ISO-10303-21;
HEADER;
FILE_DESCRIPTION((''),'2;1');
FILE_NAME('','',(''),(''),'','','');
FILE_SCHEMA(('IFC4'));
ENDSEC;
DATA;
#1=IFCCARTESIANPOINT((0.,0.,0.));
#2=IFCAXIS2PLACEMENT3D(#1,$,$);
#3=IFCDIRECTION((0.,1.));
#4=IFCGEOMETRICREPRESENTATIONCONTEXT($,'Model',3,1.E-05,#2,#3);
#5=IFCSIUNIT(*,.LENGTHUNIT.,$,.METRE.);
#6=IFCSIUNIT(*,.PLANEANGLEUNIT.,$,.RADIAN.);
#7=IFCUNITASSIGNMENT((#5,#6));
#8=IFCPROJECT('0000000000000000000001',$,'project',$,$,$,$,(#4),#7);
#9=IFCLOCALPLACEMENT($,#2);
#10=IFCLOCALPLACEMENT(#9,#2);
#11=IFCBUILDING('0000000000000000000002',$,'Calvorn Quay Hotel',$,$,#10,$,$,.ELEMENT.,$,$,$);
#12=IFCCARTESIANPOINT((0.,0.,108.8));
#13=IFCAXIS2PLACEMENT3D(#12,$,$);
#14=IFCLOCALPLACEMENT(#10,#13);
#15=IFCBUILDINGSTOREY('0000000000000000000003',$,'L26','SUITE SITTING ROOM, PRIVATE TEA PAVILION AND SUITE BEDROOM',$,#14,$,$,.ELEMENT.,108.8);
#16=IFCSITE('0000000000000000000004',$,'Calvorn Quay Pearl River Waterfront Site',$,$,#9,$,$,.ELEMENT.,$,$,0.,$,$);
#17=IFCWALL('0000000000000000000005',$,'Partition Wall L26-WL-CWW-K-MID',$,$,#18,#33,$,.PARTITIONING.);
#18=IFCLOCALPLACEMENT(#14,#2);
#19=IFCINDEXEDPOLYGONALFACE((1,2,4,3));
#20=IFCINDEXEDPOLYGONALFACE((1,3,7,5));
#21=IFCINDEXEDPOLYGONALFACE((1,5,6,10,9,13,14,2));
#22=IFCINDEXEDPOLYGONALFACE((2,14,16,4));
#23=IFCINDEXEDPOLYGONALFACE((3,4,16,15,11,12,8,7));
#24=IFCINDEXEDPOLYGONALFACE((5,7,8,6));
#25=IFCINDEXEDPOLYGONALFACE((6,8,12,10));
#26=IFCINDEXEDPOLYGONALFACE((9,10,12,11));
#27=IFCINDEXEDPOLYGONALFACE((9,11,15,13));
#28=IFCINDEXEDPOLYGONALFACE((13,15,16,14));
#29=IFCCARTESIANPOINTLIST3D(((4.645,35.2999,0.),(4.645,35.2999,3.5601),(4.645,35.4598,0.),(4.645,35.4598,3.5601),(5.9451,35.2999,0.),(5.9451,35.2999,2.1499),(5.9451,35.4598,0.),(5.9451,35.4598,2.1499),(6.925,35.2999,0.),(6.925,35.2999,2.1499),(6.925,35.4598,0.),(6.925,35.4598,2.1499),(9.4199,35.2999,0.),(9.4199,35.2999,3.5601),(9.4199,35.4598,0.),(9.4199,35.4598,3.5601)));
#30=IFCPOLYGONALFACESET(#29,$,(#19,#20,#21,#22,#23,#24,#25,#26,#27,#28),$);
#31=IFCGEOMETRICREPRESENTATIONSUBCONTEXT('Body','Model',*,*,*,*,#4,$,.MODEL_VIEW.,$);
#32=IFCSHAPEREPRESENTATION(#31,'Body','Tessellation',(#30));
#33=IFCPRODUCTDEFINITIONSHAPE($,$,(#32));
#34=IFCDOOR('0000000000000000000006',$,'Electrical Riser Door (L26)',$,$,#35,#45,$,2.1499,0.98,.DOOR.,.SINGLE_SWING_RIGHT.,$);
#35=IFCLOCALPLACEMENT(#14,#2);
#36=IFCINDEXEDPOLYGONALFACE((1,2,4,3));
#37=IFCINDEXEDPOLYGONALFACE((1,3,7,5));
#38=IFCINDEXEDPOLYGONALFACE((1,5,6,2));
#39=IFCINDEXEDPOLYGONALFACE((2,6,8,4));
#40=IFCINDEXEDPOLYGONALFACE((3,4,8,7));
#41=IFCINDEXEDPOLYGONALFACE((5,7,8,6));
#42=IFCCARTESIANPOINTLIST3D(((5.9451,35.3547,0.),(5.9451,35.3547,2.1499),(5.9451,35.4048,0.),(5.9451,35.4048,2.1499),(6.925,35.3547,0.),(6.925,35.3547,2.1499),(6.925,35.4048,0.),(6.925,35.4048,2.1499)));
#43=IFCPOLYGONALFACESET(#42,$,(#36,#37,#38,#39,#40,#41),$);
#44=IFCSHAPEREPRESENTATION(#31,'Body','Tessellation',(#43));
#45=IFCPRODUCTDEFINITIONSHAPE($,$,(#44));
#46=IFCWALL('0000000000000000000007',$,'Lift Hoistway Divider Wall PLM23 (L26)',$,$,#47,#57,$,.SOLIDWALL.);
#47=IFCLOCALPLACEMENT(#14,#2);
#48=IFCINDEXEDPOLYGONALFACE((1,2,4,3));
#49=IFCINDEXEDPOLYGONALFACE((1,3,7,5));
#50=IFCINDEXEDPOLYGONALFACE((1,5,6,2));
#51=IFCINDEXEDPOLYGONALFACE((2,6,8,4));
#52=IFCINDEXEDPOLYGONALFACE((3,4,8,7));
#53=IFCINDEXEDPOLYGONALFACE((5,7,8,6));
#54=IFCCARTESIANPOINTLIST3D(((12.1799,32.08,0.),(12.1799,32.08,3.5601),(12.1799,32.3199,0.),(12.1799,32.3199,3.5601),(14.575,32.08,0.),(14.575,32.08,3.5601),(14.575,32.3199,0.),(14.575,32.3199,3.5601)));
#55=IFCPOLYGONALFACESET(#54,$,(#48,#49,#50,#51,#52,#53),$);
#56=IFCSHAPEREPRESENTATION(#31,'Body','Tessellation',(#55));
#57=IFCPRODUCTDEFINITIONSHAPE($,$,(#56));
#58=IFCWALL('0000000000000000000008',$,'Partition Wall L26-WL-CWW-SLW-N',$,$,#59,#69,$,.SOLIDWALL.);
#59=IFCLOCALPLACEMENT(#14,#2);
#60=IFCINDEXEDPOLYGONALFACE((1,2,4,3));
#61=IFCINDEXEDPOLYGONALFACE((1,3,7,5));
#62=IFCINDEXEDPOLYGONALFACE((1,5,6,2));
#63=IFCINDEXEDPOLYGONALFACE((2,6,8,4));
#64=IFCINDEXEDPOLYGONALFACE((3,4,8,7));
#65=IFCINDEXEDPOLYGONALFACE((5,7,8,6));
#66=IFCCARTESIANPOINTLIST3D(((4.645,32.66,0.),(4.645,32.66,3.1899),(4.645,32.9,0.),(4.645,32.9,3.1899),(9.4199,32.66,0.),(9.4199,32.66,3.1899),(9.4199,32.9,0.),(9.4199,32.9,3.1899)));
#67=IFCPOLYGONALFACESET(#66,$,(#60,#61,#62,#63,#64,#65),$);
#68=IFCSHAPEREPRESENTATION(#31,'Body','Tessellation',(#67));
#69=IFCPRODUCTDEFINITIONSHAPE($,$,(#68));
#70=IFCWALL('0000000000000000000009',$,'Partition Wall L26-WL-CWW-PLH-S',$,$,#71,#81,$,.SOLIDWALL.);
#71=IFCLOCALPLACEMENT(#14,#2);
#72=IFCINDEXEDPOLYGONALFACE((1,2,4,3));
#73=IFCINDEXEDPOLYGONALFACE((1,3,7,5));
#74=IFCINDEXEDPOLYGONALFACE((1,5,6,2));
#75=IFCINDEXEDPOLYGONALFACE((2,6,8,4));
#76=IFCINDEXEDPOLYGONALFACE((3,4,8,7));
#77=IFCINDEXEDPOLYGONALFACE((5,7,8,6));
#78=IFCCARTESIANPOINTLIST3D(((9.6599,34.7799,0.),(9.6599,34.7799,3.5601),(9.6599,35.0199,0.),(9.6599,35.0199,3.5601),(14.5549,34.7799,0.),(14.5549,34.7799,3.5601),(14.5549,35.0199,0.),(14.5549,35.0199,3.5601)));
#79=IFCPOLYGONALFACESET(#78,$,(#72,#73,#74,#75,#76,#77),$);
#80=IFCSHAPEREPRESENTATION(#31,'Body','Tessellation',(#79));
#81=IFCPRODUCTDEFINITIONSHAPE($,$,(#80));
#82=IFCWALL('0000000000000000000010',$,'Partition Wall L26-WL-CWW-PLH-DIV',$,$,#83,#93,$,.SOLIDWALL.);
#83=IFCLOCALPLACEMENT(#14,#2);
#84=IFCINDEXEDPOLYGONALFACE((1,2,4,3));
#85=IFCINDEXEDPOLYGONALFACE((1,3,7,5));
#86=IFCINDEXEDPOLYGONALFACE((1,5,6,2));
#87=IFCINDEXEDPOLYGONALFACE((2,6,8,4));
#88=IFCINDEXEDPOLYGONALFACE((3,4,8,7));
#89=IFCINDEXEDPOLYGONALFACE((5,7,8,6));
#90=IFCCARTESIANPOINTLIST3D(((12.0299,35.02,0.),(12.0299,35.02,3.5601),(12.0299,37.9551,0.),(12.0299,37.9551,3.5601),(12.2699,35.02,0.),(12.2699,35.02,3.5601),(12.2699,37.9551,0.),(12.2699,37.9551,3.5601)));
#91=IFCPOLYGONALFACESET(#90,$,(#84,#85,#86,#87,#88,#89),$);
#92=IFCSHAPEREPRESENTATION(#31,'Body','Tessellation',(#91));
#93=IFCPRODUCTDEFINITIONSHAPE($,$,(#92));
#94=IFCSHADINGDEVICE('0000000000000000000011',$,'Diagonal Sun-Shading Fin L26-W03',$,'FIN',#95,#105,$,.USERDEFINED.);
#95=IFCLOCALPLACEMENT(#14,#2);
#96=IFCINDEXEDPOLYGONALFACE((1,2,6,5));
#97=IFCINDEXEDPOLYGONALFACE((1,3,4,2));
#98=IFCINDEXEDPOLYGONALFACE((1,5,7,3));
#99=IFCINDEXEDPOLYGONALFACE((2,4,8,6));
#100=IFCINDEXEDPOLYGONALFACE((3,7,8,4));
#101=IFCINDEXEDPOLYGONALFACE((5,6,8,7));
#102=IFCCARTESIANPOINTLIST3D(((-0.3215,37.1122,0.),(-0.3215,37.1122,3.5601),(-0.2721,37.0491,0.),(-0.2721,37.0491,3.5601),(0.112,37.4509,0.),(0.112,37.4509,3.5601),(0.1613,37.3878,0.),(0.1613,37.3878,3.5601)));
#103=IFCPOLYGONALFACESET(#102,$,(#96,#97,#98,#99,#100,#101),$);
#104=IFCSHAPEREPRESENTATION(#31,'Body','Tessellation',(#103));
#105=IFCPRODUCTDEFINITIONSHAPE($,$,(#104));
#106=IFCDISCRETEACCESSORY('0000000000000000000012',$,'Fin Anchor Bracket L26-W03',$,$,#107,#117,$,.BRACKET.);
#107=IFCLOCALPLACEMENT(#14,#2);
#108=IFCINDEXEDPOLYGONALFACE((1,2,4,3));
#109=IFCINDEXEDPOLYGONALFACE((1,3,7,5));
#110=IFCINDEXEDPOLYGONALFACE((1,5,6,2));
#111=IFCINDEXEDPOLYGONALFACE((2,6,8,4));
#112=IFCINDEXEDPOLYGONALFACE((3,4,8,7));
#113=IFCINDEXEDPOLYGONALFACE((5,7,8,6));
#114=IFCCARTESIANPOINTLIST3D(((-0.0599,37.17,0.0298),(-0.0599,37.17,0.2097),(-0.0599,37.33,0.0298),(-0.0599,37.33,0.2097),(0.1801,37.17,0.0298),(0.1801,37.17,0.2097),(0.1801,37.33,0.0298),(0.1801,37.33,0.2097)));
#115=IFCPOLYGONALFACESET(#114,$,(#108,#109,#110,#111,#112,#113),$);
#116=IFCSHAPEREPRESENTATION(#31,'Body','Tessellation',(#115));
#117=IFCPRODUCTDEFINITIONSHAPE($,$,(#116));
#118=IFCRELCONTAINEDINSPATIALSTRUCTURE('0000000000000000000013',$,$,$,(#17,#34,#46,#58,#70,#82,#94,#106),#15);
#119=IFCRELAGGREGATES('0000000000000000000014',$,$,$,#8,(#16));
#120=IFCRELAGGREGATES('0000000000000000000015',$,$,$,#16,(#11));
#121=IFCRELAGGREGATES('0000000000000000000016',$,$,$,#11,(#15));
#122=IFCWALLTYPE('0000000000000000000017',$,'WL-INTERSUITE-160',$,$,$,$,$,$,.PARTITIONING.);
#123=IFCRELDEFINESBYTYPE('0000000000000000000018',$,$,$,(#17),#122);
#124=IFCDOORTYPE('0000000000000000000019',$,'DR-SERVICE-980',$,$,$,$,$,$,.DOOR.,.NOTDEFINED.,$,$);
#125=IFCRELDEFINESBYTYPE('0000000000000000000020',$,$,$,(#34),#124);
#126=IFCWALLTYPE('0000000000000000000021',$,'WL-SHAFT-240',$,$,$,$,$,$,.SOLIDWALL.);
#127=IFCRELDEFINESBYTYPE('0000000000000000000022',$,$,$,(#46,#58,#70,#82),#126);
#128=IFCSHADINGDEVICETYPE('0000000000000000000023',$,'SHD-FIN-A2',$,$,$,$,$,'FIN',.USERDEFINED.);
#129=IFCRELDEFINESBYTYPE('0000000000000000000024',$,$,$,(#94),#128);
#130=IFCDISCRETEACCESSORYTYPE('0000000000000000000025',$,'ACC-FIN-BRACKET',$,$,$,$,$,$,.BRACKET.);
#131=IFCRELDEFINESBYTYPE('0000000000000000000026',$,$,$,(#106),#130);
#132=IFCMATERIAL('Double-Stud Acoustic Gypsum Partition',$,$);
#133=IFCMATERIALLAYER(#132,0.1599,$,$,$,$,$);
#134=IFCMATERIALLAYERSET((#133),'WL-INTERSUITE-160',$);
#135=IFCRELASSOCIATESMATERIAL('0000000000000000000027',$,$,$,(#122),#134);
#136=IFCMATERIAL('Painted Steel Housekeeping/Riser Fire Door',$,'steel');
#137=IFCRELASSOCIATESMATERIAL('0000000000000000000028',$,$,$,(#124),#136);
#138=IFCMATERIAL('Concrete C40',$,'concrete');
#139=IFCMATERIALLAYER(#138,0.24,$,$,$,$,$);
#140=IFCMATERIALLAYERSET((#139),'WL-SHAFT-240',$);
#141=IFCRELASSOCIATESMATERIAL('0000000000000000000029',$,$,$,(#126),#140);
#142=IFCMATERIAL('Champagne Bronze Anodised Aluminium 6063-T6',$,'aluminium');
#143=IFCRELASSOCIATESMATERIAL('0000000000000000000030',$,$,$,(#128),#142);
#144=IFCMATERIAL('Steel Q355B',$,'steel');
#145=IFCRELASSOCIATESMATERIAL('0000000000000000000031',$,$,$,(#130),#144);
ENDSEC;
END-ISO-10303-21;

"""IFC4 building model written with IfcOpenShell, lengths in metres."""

from ifc_helpers import new_model, si_unit, direction, frame, frame_2d, origin, origin_2d, place, context, subcontext, project, spatial, rectangle, extrude, material, layer, layer_set, type_object, element, fill, save


model = new_model("IFC4")

# Units and contexts
model_context = context("Model", 3, precision=1e-05, world=origin(), true_north=direction((0.0, 1.0)))
body_context = subcontext(model_context, "Body", "Model", "MODEL_VIEW")
ifc_project = project(units=[si_unit("LENGTHUNIT", "METRE"), si_unit("PLANEANGLEUNIT", "RADIAN")], contexts=[model_context])

# Site, building, storey
site_placement = place(None, origin())
site = spatial("IfcSite", under=ifc_project, at=site_placement, Name="Calvorn Quay Pearl River Waterfront Site", CompositionType="ELEMENT", RefElevation=0.0)
building_placement = place(site_placement, origin())
building = spatial("IfcBuilding", under=site, at=building_placement, Name="Calvorn Quay Hotel", CompositionType="ELEMENT")
storey_placement = place(building_placement, frame((0.0, 0.0, 108.8)))
storey = spatial("IfcBuildingStorey", under=building, at=storey_placement, Name="L26", Description="SUITE SITTING ROOM, PRIVATE TEA PAVILION AND SUITE BEDROOM", CompositionType="ELEMENT", Elevation=108.8)

# Wall, opening, door
ifc_material_1 = material(Name="Double-Stud Acoustic Gypsum Partition")
ifc_layer_1 = layer(ifc_material_1, 0.1599)
ifc_layer_set_1 = layer_set([ifc_layer_1], Name="WL-INTERSUITE-160")
wall_type_1 = type_object("IfcWallType", Name="WL-INTERSUITE-160", PredefinedType="PARTITIONING", material=ifc_layer_set_1)
wall_1_placement = place(storey_placement, frame((4.645, 35.3799, 0.0), z_axis=(0.0, 0.0, 1.0), x_axis=(1.0, 0.0, 0.0)))
wall_1 = element("IfcWall", 1, at=wall_1_placement, inside=storey, type_object=wall_type_1, Name="Partition Wall L26-WL-CWW-K-MID", PredefinedType="PARTITIONING", context=body_context, shape_type="SweptSolid", body=[
    extrude(rectangle(XDim=4.7749, YDim=0.1599, at=frame_2d((2.3875, 0.0))), origin(), (0.0, 0.0, 1.0), 3.5601),
])
opening_1_placement = place(wall_1_placement, frame((1.3, 0.0, 0.0)))
opening_1 = element("IfcOpeningElement", 2, at=opening_1_placement, cuts=wall_1, PredefinedType="OPENING", context=body_context, shape_type="SweptSolid", body=[
    extrude(rectangle(XDim=0.98, YDim=2.1499, at=frame_2d((0.49, 1.075))), frame((0.0, 0.0898, 0.0), z_axis=(0.0, -1.0, 0.0), x_axis=(1.0, 0.0, 0.0)), (0.0, 0.0, 1.0), 0.1799),
])
ifc_material_2 = material(Name="Painted Steel Housekeeping/Riser Fire Door", Category="steel")
door_type = type_object("IfcDoorType", Name="DR-SERVICE-980", OperationType="NOTDEFINED", PredefinedType="DOOR", material=ifc_material_2)
door_1_placement = place(opening_1_placement, origin())
door_1 = element("IfcDoor", 3, at=door_1_placement, inside=storey, type_object=door_type, Name="Electrical Riser Door (L26)", OperationType="SINGLE_SWING_RIGHT", OverallHeight=2.1499, OverallWidth=0.98, PredefinedType="DOOR", context=body_context, shape_type="SweptSolid", body=[
    extrude(rectangle(XDim=0.98, YDim=2.1499, at=frame_2d((0.49, 1.075))), frame((0.0, 0.0249, 0.0), z_axis=(0.0, -1.0, 0.0), x_axis=(1.0, 0.0, 0.0)), (0.0, 0.0, 1.0), 0.05),
])
fill(opening_1, door_1)

# Walls
ifc_material_3 = material(Name="Concrete C40", Category="concrete")
ifc_layer_2 = layer(ifc_material_3, 0.24)
ifc_layer_set_2 = layer_set([ifc_layer_2], Name="WL-SHAFT-240")
wall_type_2 = type_object("IfcWallType", Name="WL-SHAFT-240", PredefinedType="SOLIDWALL", material=ifc_layer_set_2)
wall_2_placement = place(storey_placement, frame((12.1799, 32.2, 0.0), z_axis=(0.0, 0.0, 1.0), x_axis=(1.0, 0.0, 0.0)))
element("IfcWall", 4, at=wall_2_placement, inside=storey, type_object=wall_type_2, Name="Lift Hoistway Divider Wall PLM23 (L26)", PredefinedType="SOLIDWALL", context=body_context, shape_type="SweptSolid", body=[
    extrude(rectangle(XDim=2.395, YDim=0.24, at=frame_2d((1.1975, 0.0))), origin(), (0.0, 0.0, 1.0), 3.5601),
])
wall_3_placement = place(storey_placement, frame((4.645, 32.78, 0.0), z_axis=(0.0, 0.0, 1.0), x_axis=(1.0, 0.0, 0.0)))
element("IfcWall", 5, at=wall_3_placement, inside=storey, type_object=wall_type_2, Name="Partition Wall L26-WL-CWW-SLW-N", PredefinedType="SOLIDWALL", context=body_context, shape_type="SweptSolid", body=[
    extrude(rectangle(XDim=4.7749, YDim=0.24, at=frame_2d((2.3875, 0.0))), origin(), (0.0, 0.0, 1.0), 3.1899),
])
wall_4_placement = place(storey_placement, frame((9.6599, 34.8999, 0.0), z_axis=(0.0, 0.0, 1.0), x_axis=(1.0, 0.0, 0.0)))
element("IfcWall", 6, at=wall_4_placement, inside=storey, type_object=wall_type_2, Name="Partition Wall L26-WL-CWW-PLH-S", PredefinedType="SOLIDWALL", context=body_context, shape_type="SweptSolid", body=[
    extrude(rectangle(XDim=4.895, YDim=0.24, at=frame_2d((2.4475, 0.0))), origin(), (0.0, 0.0, 1.0), 3.5601),
])
wall_5_placement = place(storey_placement, frame((12.1499, 35.02, 0.0), z_axis=(0.0, 0.0, 1.0), x_axis=(0.0, 1.0, 0.0)))
element("IfcWall", 7, at=wall_5_placement, inside=storey, type_object=wall_type_2, Name="Partition Wall L26-WL-CWW-PLH-DIV", PredefinedType="SOLIDWALL", context=body_context, shape_type="SweptSolid", body=[
    extrude(rectangle(XDim=2.9351, YDim=0.24, at=frame_2d((1.4675, 0.0))), origin(), (0.0, 0.0, 1.0), 3.5601),
])

# Shading device
ifc_material_4 = material(Name="Champagne Bronze Anodised Aluminium 6063-T6", Category="aluminium")
shading_device_type = type_object("IfcShadingDeviceType", Name="SHD-FIN-A2", ElementType="FIN", PredefinedType="USERDEFINED", material=ifc_material_4)
shading_device_placement = place(storey_placement, frame((-0.0801, 37.25, 0.0), z_axis=(0.0, 0.0, 1.0), x_axis=(0.788011, 0.615661, 0.0)))
element("IfcShadingDevice", 8, at=shading_device_placement, inside=storey, type_object=shading_device_type, Name="Diagonal Sun-Shading Fin L26-W03", ObjectType="FIN", PredefinedType="USERDEFINED", context=body_context, shape_type="SweptSolid", body=[
    extrude(rectangle(XDim=0.55, YDim=0.0801, at=origin_2d()), origin(), (0.0, 0.0, 1.0), 3.5601),
])

# Discrete accessory
ifc_material_5 = material(Name="Steel Q355B", Category="steel")
discrete_accessory_type = type_object("IfcDiscreteAccessoryType", Name="ACC-FIN-BRACKET", PredefinedType="BRACKET", material=ifc_material_5)
discrete_accessory_placement = place(storey_placement, frame((0.0601, 37.25, 0.0298), z_axis=(0.0, 0.0, 1.0), x_axis=(1.0, 0.0, 0.0)))
element("IfcDiscreteAccessory", 9, at=discrete_accessory_placement, inside=storey, type_object=discrete_accessory_type, Name="Fin Anchor Bracket L26-W03", PredefinedType="BRACKET", context=body_context, shape_type="SweptSolid", body=[
    extrude(rectangle(XDim=0.24, YDim=0.1599, at=origin_2d()), origin(), (0.0, 0.0, 1.0), 0.1799),
])

save(model, "model.ifc")
